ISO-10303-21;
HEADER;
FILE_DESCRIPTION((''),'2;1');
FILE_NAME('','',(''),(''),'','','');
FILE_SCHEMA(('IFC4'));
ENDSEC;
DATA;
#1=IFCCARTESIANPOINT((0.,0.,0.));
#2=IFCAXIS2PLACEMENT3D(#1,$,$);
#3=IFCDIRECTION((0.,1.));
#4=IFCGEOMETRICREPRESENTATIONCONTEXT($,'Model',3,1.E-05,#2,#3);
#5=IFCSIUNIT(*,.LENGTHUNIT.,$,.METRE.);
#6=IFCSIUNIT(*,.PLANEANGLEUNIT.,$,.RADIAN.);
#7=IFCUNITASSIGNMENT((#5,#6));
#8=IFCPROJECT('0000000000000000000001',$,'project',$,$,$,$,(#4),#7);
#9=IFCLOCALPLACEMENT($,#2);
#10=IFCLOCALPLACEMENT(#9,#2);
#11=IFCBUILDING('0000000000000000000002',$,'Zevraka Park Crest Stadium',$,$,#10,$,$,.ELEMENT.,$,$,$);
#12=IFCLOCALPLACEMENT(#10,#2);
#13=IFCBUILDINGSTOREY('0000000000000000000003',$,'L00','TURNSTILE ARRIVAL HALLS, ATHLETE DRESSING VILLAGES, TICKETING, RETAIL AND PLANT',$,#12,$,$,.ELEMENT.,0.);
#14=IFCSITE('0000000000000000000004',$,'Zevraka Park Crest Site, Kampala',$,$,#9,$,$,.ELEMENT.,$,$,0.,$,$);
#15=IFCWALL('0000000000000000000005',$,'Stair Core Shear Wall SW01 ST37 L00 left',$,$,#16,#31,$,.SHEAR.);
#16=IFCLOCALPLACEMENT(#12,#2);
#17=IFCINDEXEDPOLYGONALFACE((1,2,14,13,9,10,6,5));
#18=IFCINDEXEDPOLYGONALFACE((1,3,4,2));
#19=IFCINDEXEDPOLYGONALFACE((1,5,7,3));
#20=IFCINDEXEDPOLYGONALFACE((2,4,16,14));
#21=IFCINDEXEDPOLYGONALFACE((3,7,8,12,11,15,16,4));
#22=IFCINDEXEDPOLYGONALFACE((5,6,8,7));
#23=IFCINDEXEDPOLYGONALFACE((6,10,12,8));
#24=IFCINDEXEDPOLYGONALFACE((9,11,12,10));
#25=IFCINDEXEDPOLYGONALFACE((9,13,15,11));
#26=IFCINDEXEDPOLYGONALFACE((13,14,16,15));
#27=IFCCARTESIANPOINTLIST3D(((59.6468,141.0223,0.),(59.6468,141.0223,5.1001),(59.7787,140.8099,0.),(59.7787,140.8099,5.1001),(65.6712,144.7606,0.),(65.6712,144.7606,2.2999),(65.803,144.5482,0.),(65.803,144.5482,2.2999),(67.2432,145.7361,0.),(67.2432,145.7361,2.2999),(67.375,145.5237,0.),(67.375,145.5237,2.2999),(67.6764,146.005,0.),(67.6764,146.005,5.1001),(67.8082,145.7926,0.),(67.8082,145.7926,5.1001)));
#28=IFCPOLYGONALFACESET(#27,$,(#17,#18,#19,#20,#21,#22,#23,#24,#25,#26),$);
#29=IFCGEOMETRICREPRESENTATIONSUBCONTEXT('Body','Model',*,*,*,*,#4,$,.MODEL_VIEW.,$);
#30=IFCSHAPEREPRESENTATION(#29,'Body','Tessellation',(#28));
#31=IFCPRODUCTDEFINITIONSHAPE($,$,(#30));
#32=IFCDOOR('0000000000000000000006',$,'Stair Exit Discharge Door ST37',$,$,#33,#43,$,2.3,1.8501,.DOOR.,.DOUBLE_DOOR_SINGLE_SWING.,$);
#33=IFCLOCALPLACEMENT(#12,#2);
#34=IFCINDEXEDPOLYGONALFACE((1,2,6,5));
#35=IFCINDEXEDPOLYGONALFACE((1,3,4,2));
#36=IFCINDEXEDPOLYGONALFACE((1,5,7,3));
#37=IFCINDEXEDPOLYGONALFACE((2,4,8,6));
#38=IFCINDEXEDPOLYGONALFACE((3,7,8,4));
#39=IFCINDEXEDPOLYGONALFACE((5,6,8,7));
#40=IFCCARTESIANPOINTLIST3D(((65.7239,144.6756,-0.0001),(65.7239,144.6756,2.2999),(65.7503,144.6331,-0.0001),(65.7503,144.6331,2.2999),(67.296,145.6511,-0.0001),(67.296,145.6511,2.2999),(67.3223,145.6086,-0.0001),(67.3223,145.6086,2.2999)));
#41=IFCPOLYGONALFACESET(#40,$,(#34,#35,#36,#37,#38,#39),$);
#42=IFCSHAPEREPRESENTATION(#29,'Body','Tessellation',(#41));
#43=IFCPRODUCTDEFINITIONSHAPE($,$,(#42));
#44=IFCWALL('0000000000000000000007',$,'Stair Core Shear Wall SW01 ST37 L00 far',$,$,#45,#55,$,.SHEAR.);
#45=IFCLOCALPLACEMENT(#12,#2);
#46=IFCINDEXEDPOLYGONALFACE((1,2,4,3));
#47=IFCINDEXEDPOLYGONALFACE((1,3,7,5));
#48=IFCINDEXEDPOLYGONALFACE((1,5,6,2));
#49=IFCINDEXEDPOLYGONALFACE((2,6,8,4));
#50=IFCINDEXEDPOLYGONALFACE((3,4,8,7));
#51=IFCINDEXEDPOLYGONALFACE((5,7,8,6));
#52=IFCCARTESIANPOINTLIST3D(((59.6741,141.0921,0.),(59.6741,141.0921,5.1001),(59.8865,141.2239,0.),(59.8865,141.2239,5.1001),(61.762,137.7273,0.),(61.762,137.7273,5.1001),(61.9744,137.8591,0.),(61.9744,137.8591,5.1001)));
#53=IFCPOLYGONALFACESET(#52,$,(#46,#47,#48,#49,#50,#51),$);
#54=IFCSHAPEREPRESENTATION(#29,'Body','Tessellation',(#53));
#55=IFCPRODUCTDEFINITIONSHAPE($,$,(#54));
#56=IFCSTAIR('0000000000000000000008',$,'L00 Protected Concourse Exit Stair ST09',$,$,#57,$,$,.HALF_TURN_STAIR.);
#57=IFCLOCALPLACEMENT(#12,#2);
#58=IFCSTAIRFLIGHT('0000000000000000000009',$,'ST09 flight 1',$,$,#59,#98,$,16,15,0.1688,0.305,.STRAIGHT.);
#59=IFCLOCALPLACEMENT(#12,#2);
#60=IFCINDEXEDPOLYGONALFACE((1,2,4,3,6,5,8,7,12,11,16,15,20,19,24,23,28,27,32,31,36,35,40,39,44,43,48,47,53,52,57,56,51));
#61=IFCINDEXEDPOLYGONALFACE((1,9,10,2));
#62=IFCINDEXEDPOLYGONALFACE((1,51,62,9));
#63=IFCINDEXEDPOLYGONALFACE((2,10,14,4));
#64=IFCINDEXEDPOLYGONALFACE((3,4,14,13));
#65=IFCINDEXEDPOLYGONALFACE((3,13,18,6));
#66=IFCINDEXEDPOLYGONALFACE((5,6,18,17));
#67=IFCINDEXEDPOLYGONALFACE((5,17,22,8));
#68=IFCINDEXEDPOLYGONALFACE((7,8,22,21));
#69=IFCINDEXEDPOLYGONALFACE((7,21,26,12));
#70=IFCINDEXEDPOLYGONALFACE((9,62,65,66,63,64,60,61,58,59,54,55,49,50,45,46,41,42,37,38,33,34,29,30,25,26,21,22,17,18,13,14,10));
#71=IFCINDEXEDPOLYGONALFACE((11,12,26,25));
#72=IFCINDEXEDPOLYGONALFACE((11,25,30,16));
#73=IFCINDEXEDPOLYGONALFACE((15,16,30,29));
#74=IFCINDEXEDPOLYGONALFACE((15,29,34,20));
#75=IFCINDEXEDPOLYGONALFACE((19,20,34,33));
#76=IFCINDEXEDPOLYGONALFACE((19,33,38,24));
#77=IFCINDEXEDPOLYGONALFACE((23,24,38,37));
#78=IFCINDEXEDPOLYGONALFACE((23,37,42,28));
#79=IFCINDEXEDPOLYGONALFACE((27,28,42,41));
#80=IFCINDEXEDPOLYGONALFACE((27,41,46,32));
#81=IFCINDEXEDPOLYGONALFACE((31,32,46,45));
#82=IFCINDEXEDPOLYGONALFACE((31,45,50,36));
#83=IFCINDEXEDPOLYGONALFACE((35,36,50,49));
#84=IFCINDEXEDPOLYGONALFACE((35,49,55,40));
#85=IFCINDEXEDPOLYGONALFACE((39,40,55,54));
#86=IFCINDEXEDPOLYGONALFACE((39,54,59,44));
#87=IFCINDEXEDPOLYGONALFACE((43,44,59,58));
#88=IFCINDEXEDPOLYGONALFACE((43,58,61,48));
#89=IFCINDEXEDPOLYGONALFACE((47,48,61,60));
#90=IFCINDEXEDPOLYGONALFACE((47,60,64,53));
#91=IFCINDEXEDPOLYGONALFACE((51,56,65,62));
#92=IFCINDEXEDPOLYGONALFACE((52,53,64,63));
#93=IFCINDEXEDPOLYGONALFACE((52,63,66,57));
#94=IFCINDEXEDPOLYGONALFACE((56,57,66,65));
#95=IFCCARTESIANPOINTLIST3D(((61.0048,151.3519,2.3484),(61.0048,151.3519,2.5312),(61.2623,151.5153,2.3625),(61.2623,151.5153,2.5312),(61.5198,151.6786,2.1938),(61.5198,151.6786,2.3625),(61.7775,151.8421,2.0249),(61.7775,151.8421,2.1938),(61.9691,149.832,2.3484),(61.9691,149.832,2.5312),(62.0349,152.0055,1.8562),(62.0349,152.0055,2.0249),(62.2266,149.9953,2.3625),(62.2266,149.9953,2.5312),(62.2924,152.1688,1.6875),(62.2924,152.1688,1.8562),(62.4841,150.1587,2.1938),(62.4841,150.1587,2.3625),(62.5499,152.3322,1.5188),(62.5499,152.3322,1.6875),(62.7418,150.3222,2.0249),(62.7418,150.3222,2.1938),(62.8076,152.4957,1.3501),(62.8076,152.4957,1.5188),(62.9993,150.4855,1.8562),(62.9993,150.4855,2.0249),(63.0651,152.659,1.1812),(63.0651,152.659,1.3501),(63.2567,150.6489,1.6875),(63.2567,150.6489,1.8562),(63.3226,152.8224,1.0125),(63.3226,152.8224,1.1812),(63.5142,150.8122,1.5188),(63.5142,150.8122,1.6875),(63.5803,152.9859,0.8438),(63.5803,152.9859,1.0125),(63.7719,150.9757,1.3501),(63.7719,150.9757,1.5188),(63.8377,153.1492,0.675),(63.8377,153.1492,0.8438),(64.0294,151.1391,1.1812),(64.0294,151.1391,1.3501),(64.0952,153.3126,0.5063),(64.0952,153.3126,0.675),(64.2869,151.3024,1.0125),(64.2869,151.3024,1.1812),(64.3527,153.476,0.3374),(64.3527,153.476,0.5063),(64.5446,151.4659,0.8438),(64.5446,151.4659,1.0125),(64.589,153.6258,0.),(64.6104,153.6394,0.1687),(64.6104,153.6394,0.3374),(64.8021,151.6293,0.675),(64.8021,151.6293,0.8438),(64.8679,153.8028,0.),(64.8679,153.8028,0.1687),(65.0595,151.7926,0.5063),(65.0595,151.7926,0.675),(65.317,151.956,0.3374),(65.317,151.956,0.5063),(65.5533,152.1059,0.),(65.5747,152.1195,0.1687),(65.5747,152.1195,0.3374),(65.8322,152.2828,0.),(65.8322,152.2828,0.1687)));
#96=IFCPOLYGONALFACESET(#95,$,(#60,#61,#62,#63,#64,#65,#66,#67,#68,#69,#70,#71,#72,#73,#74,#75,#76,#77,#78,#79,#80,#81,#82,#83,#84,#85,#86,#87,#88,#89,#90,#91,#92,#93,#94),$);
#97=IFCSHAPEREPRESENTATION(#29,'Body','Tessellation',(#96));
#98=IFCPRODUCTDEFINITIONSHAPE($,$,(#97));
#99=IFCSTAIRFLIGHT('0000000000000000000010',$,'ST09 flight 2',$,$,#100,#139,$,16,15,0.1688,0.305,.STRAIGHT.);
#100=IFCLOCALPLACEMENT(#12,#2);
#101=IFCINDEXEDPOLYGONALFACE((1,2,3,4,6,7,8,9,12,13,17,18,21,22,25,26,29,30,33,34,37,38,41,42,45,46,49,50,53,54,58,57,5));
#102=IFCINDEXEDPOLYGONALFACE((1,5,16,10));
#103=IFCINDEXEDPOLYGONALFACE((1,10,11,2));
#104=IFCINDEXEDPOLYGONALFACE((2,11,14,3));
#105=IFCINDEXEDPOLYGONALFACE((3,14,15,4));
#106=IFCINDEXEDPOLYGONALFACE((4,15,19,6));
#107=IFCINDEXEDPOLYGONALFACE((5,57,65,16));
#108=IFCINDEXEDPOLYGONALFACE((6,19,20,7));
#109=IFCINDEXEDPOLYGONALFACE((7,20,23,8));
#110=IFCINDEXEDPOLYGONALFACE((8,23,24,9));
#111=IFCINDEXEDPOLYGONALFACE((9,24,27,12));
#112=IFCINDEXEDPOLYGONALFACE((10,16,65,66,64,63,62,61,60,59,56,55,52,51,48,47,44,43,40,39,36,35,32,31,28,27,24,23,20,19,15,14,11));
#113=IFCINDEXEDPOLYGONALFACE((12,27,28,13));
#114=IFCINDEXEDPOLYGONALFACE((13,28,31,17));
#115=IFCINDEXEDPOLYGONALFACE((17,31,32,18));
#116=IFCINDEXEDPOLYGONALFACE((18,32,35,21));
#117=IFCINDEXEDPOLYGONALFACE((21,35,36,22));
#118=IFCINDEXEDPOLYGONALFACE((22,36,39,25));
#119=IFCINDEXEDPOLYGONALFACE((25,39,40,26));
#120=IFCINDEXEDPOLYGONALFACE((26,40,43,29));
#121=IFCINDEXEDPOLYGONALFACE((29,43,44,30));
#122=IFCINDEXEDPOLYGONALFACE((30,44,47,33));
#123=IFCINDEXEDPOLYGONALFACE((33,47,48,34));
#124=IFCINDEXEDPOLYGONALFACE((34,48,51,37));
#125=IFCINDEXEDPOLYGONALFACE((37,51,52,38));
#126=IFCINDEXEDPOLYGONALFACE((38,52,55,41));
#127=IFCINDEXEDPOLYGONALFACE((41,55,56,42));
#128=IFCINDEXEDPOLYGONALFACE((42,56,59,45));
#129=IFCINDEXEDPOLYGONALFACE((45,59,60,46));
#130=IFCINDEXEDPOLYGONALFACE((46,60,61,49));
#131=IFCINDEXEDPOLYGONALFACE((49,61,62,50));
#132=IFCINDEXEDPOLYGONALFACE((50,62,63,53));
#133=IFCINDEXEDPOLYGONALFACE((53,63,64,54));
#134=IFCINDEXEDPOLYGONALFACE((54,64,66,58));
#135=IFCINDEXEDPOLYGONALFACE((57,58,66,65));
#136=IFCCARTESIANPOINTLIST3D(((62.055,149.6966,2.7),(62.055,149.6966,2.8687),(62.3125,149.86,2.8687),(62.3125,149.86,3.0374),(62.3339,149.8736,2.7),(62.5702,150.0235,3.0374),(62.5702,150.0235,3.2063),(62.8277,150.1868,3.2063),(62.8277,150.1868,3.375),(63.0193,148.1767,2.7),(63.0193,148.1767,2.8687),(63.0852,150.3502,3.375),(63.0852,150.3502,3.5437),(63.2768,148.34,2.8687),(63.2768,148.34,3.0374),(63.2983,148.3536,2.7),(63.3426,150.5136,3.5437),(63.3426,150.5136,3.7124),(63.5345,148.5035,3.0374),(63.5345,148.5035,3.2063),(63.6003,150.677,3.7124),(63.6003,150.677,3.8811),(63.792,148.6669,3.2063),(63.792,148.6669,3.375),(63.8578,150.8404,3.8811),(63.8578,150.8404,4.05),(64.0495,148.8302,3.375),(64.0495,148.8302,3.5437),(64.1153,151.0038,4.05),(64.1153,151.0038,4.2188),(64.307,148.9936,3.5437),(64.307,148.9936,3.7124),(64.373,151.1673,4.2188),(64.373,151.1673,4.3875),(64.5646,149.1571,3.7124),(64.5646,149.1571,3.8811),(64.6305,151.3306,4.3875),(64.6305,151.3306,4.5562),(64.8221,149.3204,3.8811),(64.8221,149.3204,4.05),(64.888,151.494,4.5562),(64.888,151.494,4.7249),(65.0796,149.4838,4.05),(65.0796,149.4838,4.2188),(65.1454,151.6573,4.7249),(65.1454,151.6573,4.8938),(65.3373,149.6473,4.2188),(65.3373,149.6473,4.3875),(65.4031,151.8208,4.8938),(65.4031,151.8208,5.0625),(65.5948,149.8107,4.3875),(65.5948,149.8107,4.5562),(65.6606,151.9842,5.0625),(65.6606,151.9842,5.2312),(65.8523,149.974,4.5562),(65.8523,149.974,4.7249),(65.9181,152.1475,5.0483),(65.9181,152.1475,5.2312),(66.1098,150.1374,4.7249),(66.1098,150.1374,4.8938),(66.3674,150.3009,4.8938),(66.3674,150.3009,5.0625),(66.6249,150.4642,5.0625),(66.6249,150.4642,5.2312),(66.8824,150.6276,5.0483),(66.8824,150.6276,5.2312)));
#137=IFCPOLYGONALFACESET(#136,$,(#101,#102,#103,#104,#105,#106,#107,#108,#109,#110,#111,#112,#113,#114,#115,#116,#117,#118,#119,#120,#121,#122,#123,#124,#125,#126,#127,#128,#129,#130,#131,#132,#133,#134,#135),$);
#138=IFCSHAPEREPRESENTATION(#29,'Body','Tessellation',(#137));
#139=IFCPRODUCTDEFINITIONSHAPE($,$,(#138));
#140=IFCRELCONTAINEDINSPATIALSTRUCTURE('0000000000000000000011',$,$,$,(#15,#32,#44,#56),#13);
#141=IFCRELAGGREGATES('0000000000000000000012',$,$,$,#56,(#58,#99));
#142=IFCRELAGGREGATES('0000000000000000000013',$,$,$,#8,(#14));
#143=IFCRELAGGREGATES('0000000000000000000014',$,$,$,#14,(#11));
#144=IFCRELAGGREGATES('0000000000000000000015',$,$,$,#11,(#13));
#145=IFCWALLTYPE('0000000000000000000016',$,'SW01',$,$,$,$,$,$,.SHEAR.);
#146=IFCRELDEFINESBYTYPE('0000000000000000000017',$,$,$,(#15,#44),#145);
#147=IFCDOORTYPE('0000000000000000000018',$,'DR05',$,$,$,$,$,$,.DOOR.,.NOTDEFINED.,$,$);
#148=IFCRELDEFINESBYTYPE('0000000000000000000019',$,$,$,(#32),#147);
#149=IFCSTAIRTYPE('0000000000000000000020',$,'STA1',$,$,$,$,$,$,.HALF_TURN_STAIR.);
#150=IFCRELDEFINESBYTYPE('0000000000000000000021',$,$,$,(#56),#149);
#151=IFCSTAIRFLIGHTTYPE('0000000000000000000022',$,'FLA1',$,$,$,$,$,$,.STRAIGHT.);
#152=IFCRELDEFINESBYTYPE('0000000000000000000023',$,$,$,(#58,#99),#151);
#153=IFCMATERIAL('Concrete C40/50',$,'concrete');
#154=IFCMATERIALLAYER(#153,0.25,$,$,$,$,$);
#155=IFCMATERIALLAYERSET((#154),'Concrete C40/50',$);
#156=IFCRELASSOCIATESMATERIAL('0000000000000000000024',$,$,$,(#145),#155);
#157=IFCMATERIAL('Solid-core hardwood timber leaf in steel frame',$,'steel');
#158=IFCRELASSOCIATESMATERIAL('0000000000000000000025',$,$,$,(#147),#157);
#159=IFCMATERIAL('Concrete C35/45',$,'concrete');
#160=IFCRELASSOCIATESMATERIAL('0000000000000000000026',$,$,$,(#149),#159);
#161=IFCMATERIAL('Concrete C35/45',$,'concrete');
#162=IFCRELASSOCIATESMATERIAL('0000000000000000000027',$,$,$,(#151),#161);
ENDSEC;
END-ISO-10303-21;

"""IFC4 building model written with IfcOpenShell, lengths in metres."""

from ifc_helpers import new_model, si_unit, direction, frame, frame_2d, origin, place, context, subcontext, project, spatial, polyline, rectangle, outline, extrude, material, layer, layer_set, type_object, element, fill, aggregate, save


model = new_model("IFC4")

# Units and contexts
model_context = context("Model", 3, precision=1e-05, world=origin(), true_north=direction((0.0, 1.0)))
body_context = subcontext(model_context, "Body", "Model", "MODEL_VIEW")
ifc_project = project(units=[si_unit("LENGTHUNIT", "METRE"), si_unit("PLANEANGLEUNIT", "RADIAN")], contexts=[model_context])

# Site, building, storey
site_placement = place(None, origin())
site = spatial("IfcSite", under=ifc_project, at=site_placement, Name="Zevraka Park Crest Site, Kampala", CompositionType="ELEMENT", RefElevation=0.0)
building_placement = place(site_placement, origin())
building = spatial("IfcBuilding", under=site, at=building_placement, Name="Zevraka Park Crest Stadium", CompositionType="ELEMENT")
storey_placement = place(building_placement, origin())
storey = spatial("IfcBuildingStorey", under=building, at=storey_placement, Name="L00", Description="TURNSTILE ARRIVAL HALLS, ATHLETE DRESSING VILLAGES, TICKETING, RETAIL AND PLANT", CompositionType="ELEMENT", Elevation=0.0)

# Shared definitions
ifc_material_1 = material(Name="Concrete C40/50", Category="concrete")
ifc_layer_1 = layer(ifc_material_1, 0.25)
ifc_layer_set_1 = layer_set([ifc_layer_1], Name="Concrete C40/50")
wall_type_1 = type_object("IfcWallType", Name="SW01", PredefinedType="SHEAR", material=ifc_layer_set_1)
ifc_material_2 = material(Name="Solid-core hardwood timber leaf in steel frame", Category="steel")
door_type_1 = type_object("IfcDoorType", Name="DR05", OperationType="NOTDEFINED", PredefinedType="DOOR", material=ifc_material_2)

# Wall, opening, door
wall_1_placement = place(storey_placement, frame((59.7126, 140.916, 0.0), z_axis=(0.0, 0.0, 1.0), x_axis=(0.849696, 0.527272, 0.0)))
wall_1 = element("IfcWall", 1, at=wall_1_placement, inside=storey, type_object=wall_type_1, Name="Stair Core Shear Wall SW01 ST37 L00 left", PredefinedType="SHEAR", context=body_context, shape_type="SweptSolid", body=[
    extrude(rectangle(XDim=9.45, YDim=0.25, at=frame_2d((4.7251, 0.0))), origin(), (0.0, 0.0, 1.0), 5.1001),
])
opening_1_placement = place(wall_1_placement, frame((7.0901, 0.0, 0.0)))
opening_1 = element("IfcOpeningElement", 2, at=opening_1_placement, cuts=wall_1, PredefinedType="OPENING", context=body_context, shape_type="SweptSolid", body=[
    extrude(rectangle(XDim=1.8501, YDim=2.3, at=frame_2d((0.925, 1.1499))), frame((0.0, 0.135, 0.0), z_axis=(0.0, -1.0, 0.0), x_axis=(1.0, 0.0, 0.0)), (0.0, 0.0, 1.0), 0.27),
])
door_1_placement = place(opening_1_placement, origin())
door_1 = element("IfcDoor", 3, at=door_1_placement, inside=storey, type_object=door_type_1, Name="Stair Exit Discharge Door ST37", OperationType="DOUBLE_DOOR_SINGLE_SWING", OverallHeight=2.3, OverallWidth=1.8501, PredefinedType="DOOR", context=body_context, shape_type="SweptSolid", body=[
    extrude(rectangle(XDim=1.8501, YDim=2.3, at=frame_2d((0.925, 1.1499))), frame((0.0, 0.0249, 0.0), z_axis=(0.0, -1.0, 0.0), x_axis=(1.0, 0.0, 0.0)), (0.0, 0.0, 1.0), 0.05),
])
fill(opening_1, door_1)

# Wall
wall_2_placement = place(storey_placement, frame((59.7803, 141.158, 0.0), z_axis=(0.0, 0.0, 1.0), x_axis=(0.527258, -0.849705, 0.0)))
element("IfcWall", 4, at=wall_2_placement, inside=storey, type_object=wall_type_1, Name="Stair Core Shear Wall SW01 ST37 L00 far", PredefinedType="SHEAR", context=body_context, shape_type="SweptSolid", body=[
    extrude(rectangle(XDim=3.96, YDim=0.25, at=frame_2d((1.98, 0.0))), origin(), (0.0, 0.0, 1.0), 5.1001),
])

# Stair, stair flights
ifc_material_3 = material(Name="Concrete C35/45", Category="concrete")
stair_type = type_object("IfcStairType", Name="STA1", PredefinedType="HALF_TURN_STAIR", material=ifc_material_3)
stair_1_placement = place(storey_placement, origin())
stair_1 = element("IfcStair", 5, at=stair_1_placement, inside=storey, type_object=stair_type, Name="L00 Protected Concourse Exit Stair ST09", PredefinedType="HALF_TURN_STAIR")
ifc_material_4 = material(Name="Concrete C35/45", Category="concrete")
stair_flight_type = type_object("IfcStairFlightType", Name="FLA1", PredefinedType="STRAIGHT", material=ifc_material_4)
stair_flight_1_placement = place(storey_placement, frame((65.3501, 153.0427, 0.0), z_axis=(0.0, 0.0, 1.0), x_axis=(-0.844397, -0.535718, 0.0)))
stair_flight_1 = element("IfcStairFlight", 6, at=stair_flight_1_placement, type_object=stair_flight_type, Name="ST09 flight 1", NumberOfRisers=16, NumberOfTreads=15, PredefinedType="STRAIGHT", RiserHeight=0.1688, TreadLength=0.305, context=body_context, shape_type="SweptSolid", body=[
    extrude(outline(polyline([(0.0, 0.0), (0.0, 0.1687), (0.3049, 0.1687), (0.3049, 0.3374), (0.6101, 0.3374), (0.6101, 0.5063), (0.915, 0.5063), (0.915, 0.675), (1.22, 0.675), (1.22, 0.8438), (1.5249, 0.8438), (1.5249, 1.0125), (1.8301, 1.0125), (1.8301, 1.1812), (2.135, 1.1812), (2.135, 1.3501), (2.4399, 1.3501), (2.4399, 1.5188), (2.7451, 1.5188), (2.7451, 1.6875), (3.05, 1.6875), (3.05, 1.8562), (3.355, 1.8562), (3.355, 2.0249), (3.6599, 2.0249), (3.6599, 2.1938), (3.9651, 2.1938), (3.9651, 2.3625), (4.27, 2.3625), (4.27, 2.5312), (4.575, 2.5312), (4.575, 2.7), (4.575, 2.3484), (0.3303, 0.0), (0.0, 0.0)])), frame((0.0, 0.8999, 0.0), z_axis=(0.0, -1.0, 0.0), x_axis=(1.0, 0.0, 0.0)), (0.0, 0.0, 1.0), 1.8),
])
stair_flight_2_placement = place(storey_placement, frame((62.5371, 148.9368, 2.7), z_axis=(0.0, 0.0, 1.0), x_axis=(0.844397, 0.535718, 0.0)))
stair_flight_2 = element("IfcStairFlight", 7, at=stair_flight_2_placement, type_object=stair_flight_type, Name="ST09 flight 2", NumberOfRisers=16, NumberOfTreads=15, PredefinedType="STRAIGHT", RiserHeight=0.1688, TreadLength=0.305, context=body_context, shape_type="SweptSolid", body=[
    extrude(outline(polyline([(0.0, 0.0), (0.0, 0.1687), (0.3049, 0.1687), (0.3049, 0.3374), (0.6101, 0.3374), (0.6101, 0.5063), (0.915, 0.5063), (0.915, 0.675), (1.22, 0.675), (1.22, 0.8438), (1.5249, 0.8438), (1.5249, 1.0125), (1.8301, 1.0125), (1.8301, 1.1812), (2.135, 1.1812), (2.135, 1.3501), (2.4399, 1.3501), (2.4399, 1.5188), (2.7451, 1.5188), (2.7451, 1.6875), (3.05, 1.6875), (3.05, 1.8562), (3.355, 1.8562), (3.355, 2.0249), (3.6599, 2.0249), (3.6599, 2.1938), (3.9651, 2.1938), (3.9651, 2.3625), (4.27, 2.3625), (4.27, 2.5312), (4.575, 2.5312), (4.575, 2.7), (4.575, 2.3484), (0.3303, 0.0), (0.0, 0.0)])), frame((0.0, 0.8999, 0.0), z_axis=(0.0, -1.0, 0.0), x_axis=(1.0, 0.0, 0.0)), (0.0, 0.0, 1.0), 1.8),
])
aggregate(stair_1, [stair_flight_1, stair_flight_2])

save(model, "model.ifc")
